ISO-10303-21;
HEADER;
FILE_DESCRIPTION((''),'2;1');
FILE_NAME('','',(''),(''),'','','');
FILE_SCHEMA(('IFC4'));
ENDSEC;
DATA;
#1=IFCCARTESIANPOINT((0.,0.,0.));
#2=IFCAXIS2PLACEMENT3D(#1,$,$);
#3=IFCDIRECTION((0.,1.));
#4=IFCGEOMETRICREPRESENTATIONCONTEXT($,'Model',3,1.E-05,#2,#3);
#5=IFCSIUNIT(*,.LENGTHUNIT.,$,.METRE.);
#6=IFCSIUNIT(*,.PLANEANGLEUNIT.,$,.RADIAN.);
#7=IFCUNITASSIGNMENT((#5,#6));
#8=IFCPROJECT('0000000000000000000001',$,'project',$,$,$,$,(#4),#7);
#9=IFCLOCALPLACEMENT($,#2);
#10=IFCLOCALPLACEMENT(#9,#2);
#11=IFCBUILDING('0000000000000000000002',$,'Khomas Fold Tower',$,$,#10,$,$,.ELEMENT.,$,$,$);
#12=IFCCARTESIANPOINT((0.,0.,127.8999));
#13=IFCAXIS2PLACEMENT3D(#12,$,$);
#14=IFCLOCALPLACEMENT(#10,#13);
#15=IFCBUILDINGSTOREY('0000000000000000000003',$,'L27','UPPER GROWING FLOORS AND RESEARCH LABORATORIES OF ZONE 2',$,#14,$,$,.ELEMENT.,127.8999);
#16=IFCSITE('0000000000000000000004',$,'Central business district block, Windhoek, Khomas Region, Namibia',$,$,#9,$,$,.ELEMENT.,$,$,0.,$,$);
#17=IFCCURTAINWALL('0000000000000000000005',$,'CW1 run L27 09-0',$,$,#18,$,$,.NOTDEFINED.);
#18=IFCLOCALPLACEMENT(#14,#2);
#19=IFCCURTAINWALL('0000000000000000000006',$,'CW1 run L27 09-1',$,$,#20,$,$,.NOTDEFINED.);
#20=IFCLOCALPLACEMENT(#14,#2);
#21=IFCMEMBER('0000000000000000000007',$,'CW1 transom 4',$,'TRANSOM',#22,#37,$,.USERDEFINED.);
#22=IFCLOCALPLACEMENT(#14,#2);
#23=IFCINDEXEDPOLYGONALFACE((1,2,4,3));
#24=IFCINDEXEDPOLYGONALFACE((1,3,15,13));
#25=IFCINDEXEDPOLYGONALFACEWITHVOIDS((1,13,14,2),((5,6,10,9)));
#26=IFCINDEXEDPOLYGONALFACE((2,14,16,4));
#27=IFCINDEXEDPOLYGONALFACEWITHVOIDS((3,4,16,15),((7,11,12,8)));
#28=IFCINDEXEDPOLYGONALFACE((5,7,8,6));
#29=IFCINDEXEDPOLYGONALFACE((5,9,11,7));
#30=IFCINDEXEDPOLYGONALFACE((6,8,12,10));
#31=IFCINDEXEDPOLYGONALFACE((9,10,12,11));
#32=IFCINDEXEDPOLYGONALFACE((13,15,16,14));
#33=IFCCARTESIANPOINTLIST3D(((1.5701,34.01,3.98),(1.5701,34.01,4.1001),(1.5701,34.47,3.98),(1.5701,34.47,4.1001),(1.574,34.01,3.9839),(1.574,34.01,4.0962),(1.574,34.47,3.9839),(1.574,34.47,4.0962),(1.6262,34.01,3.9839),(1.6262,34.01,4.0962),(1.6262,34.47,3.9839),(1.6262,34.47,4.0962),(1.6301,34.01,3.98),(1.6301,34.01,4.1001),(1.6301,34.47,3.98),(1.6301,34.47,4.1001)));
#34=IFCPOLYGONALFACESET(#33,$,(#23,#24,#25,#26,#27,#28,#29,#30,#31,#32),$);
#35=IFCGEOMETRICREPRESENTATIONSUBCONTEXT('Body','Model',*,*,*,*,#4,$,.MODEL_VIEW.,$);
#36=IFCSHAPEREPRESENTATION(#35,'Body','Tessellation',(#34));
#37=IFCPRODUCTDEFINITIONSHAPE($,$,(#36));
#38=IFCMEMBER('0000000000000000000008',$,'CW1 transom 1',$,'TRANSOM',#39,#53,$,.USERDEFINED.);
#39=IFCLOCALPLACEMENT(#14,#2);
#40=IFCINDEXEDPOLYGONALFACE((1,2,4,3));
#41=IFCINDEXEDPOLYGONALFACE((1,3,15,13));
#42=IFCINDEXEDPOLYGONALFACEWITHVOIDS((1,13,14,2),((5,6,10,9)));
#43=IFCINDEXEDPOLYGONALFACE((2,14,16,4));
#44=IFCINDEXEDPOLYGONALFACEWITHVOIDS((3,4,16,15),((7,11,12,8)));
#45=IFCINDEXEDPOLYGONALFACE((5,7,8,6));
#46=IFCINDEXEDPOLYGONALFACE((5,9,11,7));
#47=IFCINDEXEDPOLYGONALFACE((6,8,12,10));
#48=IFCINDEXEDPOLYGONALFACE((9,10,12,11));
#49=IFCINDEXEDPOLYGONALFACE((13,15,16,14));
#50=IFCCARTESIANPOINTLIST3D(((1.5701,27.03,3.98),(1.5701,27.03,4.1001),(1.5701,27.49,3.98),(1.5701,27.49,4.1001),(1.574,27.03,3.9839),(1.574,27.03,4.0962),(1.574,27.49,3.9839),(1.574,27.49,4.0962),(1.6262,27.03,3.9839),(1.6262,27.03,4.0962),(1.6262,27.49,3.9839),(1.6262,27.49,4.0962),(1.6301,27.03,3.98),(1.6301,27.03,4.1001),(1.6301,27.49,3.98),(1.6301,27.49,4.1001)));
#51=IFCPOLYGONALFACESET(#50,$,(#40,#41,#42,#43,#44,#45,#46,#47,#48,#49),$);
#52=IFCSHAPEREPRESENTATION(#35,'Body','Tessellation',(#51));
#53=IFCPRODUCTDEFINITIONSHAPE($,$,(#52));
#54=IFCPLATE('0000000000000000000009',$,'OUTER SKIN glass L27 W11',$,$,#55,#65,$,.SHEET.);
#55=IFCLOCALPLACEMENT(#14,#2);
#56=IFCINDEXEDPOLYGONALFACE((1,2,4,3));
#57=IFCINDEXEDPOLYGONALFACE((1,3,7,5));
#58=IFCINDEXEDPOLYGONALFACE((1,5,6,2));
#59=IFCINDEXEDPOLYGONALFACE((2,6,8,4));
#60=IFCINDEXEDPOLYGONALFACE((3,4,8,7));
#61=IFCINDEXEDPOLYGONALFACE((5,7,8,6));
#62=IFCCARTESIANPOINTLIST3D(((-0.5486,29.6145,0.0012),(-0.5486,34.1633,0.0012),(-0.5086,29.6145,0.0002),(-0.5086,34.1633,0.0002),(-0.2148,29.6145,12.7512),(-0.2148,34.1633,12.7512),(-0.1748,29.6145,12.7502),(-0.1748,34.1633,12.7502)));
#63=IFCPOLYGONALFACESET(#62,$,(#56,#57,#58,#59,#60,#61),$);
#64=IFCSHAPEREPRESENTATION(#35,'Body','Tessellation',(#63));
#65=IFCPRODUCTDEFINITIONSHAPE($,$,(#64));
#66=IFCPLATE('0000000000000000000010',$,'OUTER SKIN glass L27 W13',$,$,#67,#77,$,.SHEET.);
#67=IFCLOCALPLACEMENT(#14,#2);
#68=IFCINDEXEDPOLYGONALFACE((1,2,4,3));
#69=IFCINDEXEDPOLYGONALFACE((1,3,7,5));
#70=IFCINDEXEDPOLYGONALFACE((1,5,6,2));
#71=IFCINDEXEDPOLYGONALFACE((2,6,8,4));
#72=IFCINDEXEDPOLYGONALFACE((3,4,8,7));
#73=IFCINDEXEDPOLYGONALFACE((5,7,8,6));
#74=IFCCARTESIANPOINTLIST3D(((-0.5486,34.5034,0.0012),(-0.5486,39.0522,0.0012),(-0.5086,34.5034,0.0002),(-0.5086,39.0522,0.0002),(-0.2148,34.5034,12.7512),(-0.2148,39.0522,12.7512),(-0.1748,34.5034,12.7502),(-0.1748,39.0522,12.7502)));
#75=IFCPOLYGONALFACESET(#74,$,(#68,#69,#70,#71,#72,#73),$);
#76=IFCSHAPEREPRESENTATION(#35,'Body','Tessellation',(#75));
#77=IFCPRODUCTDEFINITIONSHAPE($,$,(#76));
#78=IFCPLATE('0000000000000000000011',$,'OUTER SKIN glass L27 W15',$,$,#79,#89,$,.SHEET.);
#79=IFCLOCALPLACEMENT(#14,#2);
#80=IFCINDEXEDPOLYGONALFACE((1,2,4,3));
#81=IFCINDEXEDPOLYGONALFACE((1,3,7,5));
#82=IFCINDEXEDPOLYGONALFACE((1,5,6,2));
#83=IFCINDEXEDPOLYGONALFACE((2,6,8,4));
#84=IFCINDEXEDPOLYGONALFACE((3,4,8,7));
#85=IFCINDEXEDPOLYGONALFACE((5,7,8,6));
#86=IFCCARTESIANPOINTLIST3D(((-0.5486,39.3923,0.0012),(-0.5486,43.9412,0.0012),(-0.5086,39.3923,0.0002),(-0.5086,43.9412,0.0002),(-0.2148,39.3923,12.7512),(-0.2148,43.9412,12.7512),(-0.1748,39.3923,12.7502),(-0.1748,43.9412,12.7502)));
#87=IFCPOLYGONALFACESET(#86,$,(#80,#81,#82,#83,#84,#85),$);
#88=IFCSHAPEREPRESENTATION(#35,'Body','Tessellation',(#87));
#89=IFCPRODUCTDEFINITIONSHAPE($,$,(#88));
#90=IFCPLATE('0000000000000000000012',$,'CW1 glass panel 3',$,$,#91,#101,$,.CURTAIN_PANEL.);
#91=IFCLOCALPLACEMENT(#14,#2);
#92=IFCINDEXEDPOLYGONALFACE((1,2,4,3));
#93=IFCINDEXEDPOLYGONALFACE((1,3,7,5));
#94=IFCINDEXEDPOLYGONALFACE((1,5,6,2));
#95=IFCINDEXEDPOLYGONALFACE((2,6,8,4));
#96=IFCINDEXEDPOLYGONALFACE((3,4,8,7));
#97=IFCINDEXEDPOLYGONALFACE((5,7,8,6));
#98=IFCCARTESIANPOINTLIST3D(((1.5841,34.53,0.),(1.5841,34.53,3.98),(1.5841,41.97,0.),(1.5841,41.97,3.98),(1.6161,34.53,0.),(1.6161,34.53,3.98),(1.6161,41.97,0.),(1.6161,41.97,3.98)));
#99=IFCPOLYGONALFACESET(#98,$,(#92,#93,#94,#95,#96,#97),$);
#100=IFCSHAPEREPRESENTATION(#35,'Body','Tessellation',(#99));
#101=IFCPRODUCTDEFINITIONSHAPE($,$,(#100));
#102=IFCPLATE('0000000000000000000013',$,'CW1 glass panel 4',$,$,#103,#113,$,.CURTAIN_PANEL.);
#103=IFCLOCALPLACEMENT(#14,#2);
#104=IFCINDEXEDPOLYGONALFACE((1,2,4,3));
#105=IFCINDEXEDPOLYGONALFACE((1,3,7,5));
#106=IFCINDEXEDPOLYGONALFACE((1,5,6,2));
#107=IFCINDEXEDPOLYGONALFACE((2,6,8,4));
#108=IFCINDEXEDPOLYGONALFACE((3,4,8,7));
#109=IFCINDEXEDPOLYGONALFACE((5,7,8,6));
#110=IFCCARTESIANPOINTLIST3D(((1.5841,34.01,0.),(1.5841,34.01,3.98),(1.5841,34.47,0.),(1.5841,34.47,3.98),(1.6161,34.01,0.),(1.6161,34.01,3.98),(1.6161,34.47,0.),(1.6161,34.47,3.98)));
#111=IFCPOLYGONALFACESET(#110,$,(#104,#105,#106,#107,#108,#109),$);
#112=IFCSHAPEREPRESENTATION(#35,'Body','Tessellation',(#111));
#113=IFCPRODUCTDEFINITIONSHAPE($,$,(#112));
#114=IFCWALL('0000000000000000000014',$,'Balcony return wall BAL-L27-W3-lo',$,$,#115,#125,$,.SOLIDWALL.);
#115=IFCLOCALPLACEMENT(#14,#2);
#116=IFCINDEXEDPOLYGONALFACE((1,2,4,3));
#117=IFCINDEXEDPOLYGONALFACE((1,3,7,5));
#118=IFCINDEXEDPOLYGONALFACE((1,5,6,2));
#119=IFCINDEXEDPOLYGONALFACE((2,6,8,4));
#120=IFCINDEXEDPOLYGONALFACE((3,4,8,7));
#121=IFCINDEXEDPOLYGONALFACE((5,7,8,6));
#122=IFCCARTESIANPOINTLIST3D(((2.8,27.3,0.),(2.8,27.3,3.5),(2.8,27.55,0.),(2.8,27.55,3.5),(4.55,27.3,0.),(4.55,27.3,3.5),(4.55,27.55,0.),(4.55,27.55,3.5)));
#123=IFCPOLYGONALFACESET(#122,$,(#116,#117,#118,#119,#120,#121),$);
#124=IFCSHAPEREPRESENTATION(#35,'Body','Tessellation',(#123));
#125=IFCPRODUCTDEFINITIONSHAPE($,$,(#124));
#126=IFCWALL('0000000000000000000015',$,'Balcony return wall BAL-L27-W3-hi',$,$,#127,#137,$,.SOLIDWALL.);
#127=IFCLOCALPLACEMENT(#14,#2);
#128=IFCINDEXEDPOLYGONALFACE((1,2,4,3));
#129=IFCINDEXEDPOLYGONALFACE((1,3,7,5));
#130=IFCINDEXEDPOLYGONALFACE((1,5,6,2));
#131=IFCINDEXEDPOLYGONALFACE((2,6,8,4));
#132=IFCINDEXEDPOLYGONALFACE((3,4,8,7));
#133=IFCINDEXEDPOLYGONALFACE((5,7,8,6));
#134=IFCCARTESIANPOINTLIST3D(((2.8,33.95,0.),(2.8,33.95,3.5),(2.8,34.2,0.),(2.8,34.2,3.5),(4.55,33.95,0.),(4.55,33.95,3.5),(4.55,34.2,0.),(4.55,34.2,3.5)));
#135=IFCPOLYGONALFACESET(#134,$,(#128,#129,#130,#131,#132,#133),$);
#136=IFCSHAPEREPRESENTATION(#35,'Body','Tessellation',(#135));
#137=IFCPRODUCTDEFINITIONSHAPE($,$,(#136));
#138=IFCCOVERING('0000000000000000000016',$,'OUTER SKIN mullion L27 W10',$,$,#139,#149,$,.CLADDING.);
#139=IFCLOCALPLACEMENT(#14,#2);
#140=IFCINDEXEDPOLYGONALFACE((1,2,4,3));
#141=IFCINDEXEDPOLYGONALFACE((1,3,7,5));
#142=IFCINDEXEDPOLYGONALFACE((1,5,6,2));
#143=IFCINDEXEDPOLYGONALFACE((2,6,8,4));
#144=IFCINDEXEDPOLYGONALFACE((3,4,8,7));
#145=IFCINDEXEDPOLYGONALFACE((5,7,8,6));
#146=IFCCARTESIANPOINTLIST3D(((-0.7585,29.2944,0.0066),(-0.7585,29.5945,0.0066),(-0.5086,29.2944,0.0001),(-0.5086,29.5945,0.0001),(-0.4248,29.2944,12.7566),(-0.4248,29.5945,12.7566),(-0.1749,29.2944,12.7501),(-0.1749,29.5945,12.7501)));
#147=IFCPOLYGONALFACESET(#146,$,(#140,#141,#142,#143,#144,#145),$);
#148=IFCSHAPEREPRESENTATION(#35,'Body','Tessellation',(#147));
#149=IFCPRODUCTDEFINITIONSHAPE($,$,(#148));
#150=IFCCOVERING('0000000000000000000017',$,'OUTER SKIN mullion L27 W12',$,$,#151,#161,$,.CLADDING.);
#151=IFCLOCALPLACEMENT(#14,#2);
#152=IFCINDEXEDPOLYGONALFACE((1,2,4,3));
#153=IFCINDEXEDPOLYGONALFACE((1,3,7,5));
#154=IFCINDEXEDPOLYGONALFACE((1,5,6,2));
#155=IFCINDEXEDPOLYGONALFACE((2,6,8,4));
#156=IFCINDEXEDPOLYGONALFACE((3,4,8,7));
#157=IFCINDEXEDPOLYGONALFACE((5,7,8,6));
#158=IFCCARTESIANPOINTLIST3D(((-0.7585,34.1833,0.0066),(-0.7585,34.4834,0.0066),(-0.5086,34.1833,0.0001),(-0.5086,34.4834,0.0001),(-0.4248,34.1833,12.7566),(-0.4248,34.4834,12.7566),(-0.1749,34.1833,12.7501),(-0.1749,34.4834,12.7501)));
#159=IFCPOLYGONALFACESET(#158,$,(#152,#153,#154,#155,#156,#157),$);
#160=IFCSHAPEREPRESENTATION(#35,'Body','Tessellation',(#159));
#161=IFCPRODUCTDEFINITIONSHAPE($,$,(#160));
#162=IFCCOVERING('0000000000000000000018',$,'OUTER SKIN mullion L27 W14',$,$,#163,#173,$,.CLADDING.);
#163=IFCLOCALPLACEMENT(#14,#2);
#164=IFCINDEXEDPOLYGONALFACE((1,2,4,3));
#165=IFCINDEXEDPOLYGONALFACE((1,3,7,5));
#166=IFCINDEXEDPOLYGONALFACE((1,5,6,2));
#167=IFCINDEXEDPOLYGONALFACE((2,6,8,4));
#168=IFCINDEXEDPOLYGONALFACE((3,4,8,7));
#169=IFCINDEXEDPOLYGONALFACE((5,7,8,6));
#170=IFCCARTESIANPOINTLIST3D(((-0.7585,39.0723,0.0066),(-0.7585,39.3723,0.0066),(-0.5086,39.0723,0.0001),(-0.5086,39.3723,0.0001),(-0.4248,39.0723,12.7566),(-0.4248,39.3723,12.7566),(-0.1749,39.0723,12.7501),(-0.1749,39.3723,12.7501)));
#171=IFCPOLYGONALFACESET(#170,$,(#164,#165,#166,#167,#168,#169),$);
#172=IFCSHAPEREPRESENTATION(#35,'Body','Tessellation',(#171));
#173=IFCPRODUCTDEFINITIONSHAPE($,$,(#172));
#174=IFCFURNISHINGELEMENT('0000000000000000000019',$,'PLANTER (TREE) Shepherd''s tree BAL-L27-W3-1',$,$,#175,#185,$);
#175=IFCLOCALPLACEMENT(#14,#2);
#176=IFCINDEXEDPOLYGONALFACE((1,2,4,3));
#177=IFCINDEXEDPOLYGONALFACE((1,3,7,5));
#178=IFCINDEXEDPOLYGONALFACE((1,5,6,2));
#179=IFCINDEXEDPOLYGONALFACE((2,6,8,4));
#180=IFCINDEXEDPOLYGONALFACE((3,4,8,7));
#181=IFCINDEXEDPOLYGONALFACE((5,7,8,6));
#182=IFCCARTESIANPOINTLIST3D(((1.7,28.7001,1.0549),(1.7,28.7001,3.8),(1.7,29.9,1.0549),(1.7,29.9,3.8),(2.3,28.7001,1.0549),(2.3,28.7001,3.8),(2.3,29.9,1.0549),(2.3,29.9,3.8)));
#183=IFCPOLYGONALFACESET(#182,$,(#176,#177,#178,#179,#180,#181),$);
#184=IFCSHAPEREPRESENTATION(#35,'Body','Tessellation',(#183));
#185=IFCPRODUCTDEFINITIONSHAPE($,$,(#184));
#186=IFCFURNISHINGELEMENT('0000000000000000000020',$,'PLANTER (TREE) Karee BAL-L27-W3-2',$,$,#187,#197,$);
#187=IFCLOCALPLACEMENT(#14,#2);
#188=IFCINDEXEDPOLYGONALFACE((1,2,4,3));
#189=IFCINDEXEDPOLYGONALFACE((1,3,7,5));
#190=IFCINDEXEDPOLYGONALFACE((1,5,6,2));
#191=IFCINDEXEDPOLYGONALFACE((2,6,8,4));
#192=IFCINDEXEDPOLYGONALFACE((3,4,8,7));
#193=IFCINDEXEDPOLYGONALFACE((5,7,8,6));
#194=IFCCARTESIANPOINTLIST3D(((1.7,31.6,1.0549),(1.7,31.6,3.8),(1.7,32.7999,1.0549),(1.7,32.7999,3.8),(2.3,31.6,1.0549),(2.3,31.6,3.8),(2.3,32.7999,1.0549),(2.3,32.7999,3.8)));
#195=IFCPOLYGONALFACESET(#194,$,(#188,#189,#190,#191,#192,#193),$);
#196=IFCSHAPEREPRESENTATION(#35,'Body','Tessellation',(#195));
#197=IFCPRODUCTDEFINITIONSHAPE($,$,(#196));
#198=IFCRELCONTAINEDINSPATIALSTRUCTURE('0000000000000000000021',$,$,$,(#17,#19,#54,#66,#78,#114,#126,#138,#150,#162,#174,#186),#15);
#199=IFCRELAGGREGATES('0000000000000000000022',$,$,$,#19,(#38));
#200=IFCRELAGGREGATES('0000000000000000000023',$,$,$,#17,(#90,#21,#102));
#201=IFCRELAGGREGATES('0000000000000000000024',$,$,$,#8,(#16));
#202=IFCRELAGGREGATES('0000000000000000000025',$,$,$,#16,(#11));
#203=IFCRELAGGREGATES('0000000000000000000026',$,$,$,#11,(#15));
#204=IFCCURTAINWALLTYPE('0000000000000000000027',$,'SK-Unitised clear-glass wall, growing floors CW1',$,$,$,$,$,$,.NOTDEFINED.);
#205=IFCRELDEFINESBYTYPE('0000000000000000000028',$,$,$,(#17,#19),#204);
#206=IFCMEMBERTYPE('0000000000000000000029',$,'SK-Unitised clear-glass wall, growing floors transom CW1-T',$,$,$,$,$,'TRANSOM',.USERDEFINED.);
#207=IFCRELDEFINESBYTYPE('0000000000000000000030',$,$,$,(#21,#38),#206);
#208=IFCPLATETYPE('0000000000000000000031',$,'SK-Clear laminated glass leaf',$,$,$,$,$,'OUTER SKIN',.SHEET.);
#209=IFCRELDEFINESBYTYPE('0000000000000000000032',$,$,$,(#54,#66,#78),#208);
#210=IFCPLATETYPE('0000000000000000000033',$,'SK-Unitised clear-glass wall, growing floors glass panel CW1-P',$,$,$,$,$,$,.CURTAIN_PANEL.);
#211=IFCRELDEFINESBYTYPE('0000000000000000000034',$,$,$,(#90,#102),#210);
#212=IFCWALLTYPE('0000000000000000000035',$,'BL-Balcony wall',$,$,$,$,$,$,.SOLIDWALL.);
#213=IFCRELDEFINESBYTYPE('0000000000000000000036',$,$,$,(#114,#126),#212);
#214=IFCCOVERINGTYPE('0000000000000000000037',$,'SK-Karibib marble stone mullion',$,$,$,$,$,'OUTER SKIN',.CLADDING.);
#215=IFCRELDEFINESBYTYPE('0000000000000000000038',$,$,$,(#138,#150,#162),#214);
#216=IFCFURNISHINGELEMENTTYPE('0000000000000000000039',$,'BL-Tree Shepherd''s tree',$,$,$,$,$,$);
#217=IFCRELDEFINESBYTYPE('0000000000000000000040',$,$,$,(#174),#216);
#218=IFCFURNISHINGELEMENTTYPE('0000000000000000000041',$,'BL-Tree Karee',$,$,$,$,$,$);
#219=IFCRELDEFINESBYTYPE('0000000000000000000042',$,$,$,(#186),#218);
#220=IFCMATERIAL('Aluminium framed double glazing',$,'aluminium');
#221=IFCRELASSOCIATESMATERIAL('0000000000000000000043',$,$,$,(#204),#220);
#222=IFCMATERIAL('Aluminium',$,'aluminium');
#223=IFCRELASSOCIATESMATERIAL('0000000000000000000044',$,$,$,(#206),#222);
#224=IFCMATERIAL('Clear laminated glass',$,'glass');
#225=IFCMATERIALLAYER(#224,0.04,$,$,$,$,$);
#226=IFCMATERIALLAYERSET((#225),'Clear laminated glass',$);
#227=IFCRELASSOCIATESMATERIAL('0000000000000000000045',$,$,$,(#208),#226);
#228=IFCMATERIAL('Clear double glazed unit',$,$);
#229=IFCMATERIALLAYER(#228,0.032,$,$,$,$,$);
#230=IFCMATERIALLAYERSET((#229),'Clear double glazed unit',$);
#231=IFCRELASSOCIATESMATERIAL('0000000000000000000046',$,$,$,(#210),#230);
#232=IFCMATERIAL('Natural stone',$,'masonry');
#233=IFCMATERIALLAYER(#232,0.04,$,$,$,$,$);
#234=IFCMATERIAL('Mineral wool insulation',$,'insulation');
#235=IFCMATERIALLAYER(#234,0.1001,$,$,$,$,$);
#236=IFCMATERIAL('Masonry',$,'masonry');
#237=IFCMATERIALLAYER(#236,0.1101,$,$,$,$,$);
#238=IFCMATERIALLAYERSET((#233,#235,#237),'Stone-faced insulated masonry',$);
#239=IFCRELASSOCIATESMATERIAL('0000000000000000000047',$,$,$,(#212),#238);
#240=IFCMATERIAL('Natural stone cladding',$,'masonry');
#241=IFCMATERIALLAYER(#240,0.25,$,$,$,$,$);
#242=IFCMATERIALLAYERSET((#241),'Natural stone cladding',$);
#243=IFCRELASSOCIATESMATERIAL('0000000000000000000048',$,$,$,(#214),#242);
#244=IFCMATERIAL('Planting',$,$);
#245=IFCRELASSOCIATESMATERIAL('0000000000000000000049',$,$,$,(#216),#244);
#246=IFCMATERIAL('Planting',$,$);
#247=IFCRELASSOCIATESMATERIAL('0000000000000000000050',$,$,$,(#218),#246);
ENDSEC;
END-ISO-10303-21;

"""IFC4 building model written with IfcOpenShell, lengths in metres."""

from ifc_helpers import new_model, si_unit, direction, frame, frame_2d, origin, origin_2d, place, context, subcontext, project, spatial, polyline, rectangle, hollow_rectangle, outline, extrude, source, transform, mapped, material, layer, layer_set, material_profile, profile_set, type_object, element, aggregate, save


model = new_model("IFC4")

# Units and contexts
model_context = context("Model", 3, precision=1e-05, world=origin(), true_north=direction((0.0, 1.0)))
body_context = subcontext(model_context, "Body", "Model", "MODEL_VIEW")
ifc_project = project(units=[si_unit("LENGTHUNIT", "METRE"), si_unit("PLANEANGLEUNIT", "RADIAN")], contexts=[model_context])

# Site, building, storey
site_placement = place(None, origin())
site = spatial("IfcSite", under=ifc_project, at=site_placement, Name="Central business district block, Windhoek, Khomas Region, Namibia", CompositionType="ELEMENT", RefElevation=0.0)
building_placement = place(site_placement, origin())
building = spatial("IfcBuilding", under=site, at=building_placement, Name="Khomas Fold Tower", CompositionType="ELEMENT")
storey_placement = place(building_placement, frame((0.0, 0.0, 127.8999)))
storey = spatial("IfcBuildingStorey", under=building, at=storey_placement, Name="L27", Description="UPPER GROWING FLOORS AND RESEARCH LABORATORIES OF ZONE 2", CompositionType="ELEMENT", Elevation=127.8999)

# Curtain wall
ifc_material_1 = material(Name="Aluminium framed double glazing", Category="aluminium")
curtain_wall_type = type_object("IfcCurtainWallType", Name="SK-Unitised clear-glass wall, growing floors CW1", PredefinedType="NOTDEFINED", material=ifc_material_1)
curtain_wall_1_placement = place(storey_placement, origin())
curtain_wall_1 = element("IfcCurtainWall", 1, at=curtain_wall_1_placement, inside=storey, type_object=curtain_wall_type, Name="CW1 run L27 09-0", PredefinedType="NOTDEFINED")
ifc_material_2 = material(Name="Aluminium", Category="aluminium")
ifc_material_profile_1 = material_profile(ifc_material_2, hollow_rectangle(XDim=0.0601, YDim=0.1201, WallThickness=0.0039, at=origin_2d()), Name="SK-Unitised clear-glass wall, growing floors transom CW1-T")
ifc_profile_set_1 = profile_set([ifc_material_profile_1], Name="Aluminium")
member_type_1 = type_object("IfcMemberType", Name="SK-Unitised clear-glass wall, growing floors transom CW1-T", ElementType="TRANSOM", PredefinedType="USERDEFINED", material=ifc_profile_set_1)

# Curtain wall
curtain_wall_2_placement = place(storey_placement, origin())
curtain_wall_2 = element("IfcCurtainWall", 2, at=curtain_wall_2_placement, inside=storey, type_object=curtain_wall_type, Name="CW1 run L27 09-1", PredefinedType="NOTDEFINED")

# Members
shared_shape_1 = source(origin(), body_context, "Body", "SweptSolid", [
    extrude(hollow_rectangle(XDim=0.0601, YDim=0.1201, WallThickness=0.0039, at=origin_2d()), origin(), (0.0, 0.0, 1.0), 0.46),
])
member_1_placement = place(storey_placement, frame((1.6001, 34.47, 4.04), z_axis=(0.0, -1.0, 0.0), x_axis=(1.0, 0.0, 0.0)))
member_1 = element("IfcMember", 3, at=member_1_placement, type_object=member_type_1, Name="CW1 transom 4", ObjectType="TRANSOM", PredefinedType="USERDEFINED", context=body_context, shape_type="MappedRepresentation", body=[
    mapped(shared_shape_1, transform((0.0, 0.0, 0.0))),
])
member_2_placement = place(storey_placement, frame((1.6001, 27.49, 4.04), z_axis=(0.0, -1.0, 0.0), x_axis=(1.0, 0.0, 0.0)))
member_2 = element("IfcMember", 4, at=member_2_placement, type_object=member_type_1, Name="CW1 transom 1", ObjectType="TRANSOM", PredefinedType="USERDEFINED", context=body_context, shape_type="MappedRepresentation", body=[
    mapped(shared_shape_1, transform((0.0, 0.0, 0.0))),
])
aggregate(curtain_wall_2, [member_2])

# Plates
ifc_material_3 = material(Name="Clear laminated glass", Category="glass")
ifc_layer_1 = layer(ifc_material_3, 0.04)
ifc_layer_set_1 = layer_set([ifc_layer_1], Name="Clear laminated glass")
plate_type_1 = type_object("IfcPlateType", Name="SK-Clear laminated glass leaf", ElementType="OUTER SKIN", PredefinedType="SHEET", material=ifc_layer_set_1)
for number, where, z_axis, x_axis, name in (
    (5, (-0.5486, 29.6145, 0.0012), (-0.999658, 0.0, 0.026167), (0.0, 1.0, 0.0), "OUTER SKIN glass L27 W11"),
    (6, (-0.5486, 34.5034, 0.0012), (-0.999658, 0.0, 0.026167), (0.0, 1.0, 0.0), "OUTER SKIN glass L27 W13"),
    (7, (-0.5486, 39.3923, 0.0012), (-0.999658, 0.0, 0.026167), (0.0, 1.0, 0.0), "OUTER SKIN glass L27 W15"),
):
    element("IfcPlate", number, at=place(storey_placement, frame(where, z_axis=z_axis, x_axis=x_axis)), inside=storey, type_object=plate_type_1, Name=name, PredefinedType="SHEET", context=body_context, shape_type="SweptSolid", body=[
        extrude(outline(polyline([(0.0, 0.0), (4.5488, 0.0), (4.5488, -12.7544), (0.0, -12.7544), (0.0, 0.0)])), origin(), (0.0, 0.0, -1.0), 0.04),
    ])

# Plates
ifc_material_4 = material(Name="Clear double glazed unit")
ifc_layer_2 = layer(ifc_material_4, 0.032)
ifc_layer_set_2 = layer_set([ifc_layer_2], Name="Clear double glazed unit")
plate_type_2 = type_object("IfcPlateType", Name="SK-Unitised clear-glass wall, growing floors glass panel CW1-P", PredefinedType="CURTAIN_PANEL", material=ifc_layer_set_2)
shared_shape_2 = source(origin(), body_context, "Body", "SweptSolid", [
    extrude(rectangle(XDim=7.4399, YDim=0.032, at=origin_2d()), origin(), (0.0, 0.0, 1.0), 3.98),
])
plate_1_placement = place(storey_placement, frame((1.6001, 38.25, 0.0), z_axis=(0.0, 0.0, 1.0), x_axis=(0.0, -1.0, 0.0)))
plate_1 = element("IfcPlate", 8, at=plate_1_placement, type_object=plate_type_2, Name="CW1 glass panel 3", PredefinedType="CURTAIN_PANEL", context=body_context, shape_type="MappedRepresentation", body=[
    mapped(shared_shape_2, transform((0.0, 0.0, 0.0))),
])
shared_shape_3 = source(origin(), body_context, "Body", "SweptSolid", [
    extrude(rectangle(XDim=0.46, YDim=0.032, at=origin_2d()), origin(), (0.0, 0.0, 1.0), 3.98),
])
plate_2_placement = place(storey_placement, frame((1.6001, 34.24, 0.0), z_axis=(0.0, 0.0, 1.0), x_axis=(0.0, -1.0, 0.0)))
plate_2 = element("IfcPlate", 9, at=plate_2_placement, type_object=plate_type_2, Name="CW1 glass panel 4", PredefinedType="CURTAIN_PANEL", context=body_context, shape_type="MappedRepresentation", body=[
    mapped(shared_shape_3, transform((0.0, 0.0, 0.0))),
])
aggregate(curtain_wall_1, [plate_1, member_1, plate_2])

# Walls
ifc_material_5 = material(Name="Natural stone", Category="masonry")
ifc_layer_3 = layer(ifc_material_5, 0.04)
ifc_material_6 = material(Name="Mineral wool insulation", Category="insulation")
ifc_layer_4 = layer(ifc_material_6, 0.1001)
ifc_material_7 = material(Name="Masonry", Category="masonry")
ifc_layer_5 = layer(ifc_material_7, 0.1101)
ifc_layer_set_3 = layer_set([ifc_layer_3, ifc_layer_4, ifc_layer_5], Name="Stone-faced insulated masonry")
wall_type = type_object("IfcWallType", Name="BL-Balcony wall", PredefinedType="SOLIDWALL", material=ifc_layer_set_3)
shared_shape_4 = source(origin(), body_context, "Body", "SweptSolid", [
    extrude(rectangle(XDim=1.75, YDim=0.25, at=frame_2d((0.875, 0.0))), origin(), (0.0, 0.0, 1.0), 3.5),
])
for number, where, z_axis, x_axis, name in (
    (10, (2.8, 27.425, 0.0), (0.0, 0.0, 1.0), (1.0, 0.0, 0.0), "Balcony return wall BAL-L27-W3-lo"),
    (11, (2.8, 34.075, 0.0), (0.0, 0.0, 1.0), (1.0, 0.0, 0.0), "Balcony return wall BAL-L27-W3-hi"),
):
    element("IfcWall", number, at=place(storey_placement, frame(where, z_axis=z_axis, x_axis=x_axis)), inside=storey, type_object=wall_type, Name=name, PredefinedType="SOLIDWALL", context=body_context, shape_type="MappedRepresentation", body=[
        mapped(shared_shape_4, transform((0.0, 0.0, 0.0))),
    ])

# Coverings
ifc_material_8 = material(Name="Natural stone cladding", Category="masonry")
ifc_layer_6 = layer(ifc_material_8, 0.25)
ifc_layer_set_4 = layer_set([ifc_layer_6], Name="Natural stone cladding")
covering_type = type_object("IfcCoveringType", Name="SK-Karibib marble stone mullion", ElementType="OUTER SKIN", PredefinedType="CLADDING", material=ifc_layer_set_4)
for number, where, z_axis, x_axis, name in (
    (12, (-0.7585, 29.2944, 0.0066), (-0.999658, 0.0, 0.026167), (0.0, 1.0, 0.0), "OUTER SKIN mullion L27 W10"),
    (13, (-0.7585, 34.1833, 0.0066), (-0.999658, 0.0, 0.026167), (0.0, 1.0, 0.0), "OUTER SKIN mullion L27 W12"),
    (14, (-0.7585, 39.0723, 0.0066), (-0.999658, 0.0, 0.026167), (0.0, 1.0, 0.0), "OUTER SKIN mullion L27 W14"),
):
    element("IfcCovering", number, at=place(storey_placement, frame(where, z_axis=z_axis, x_axis=x_axis)), inside=storey, type_object=covering_type, Name=name, PredefinedType="CLADDING", context=body_context, shape_type="SweptSolid", body=[
        extrude(outline(polyline([(0.0, 0.0), (0.3, 0.0), (0.3, -12.7544), (0.0, -12.7544), (0.0, 0.0)])), origin(), (0.0, 0.0, -1.0), 0.25),
    ])

# Furnishing elements
ifc_material_9 = material(Name="Planting")
furnishing_element_type_1 = type_object("IfcFurnishingElementType", Name="BL-Tree Shepherd's tree", material=ifc_material_9)
shared_shape_5 = source(origin(), body_context, "Body", "SweptSolid", [
    extrude(rectangle(XDim=1.2, YDim=0.6001, at=origin_2d()), origin(), (0.0, 0.0, 1.0), 2.7451),
])
furnishing_1_placement = place(storey_placement, frame((2.0, 29.3, 1.0549), z_axis=(0.0, 0.0, 1.0), x_axis=(0.0, 1.0, 0.0)))
element("IfcFurnishingElement", 15, at=furnishing_1_placement, inside=storey, type_object=furnishing_element_type_1, Name="PLANTER (TREE) Shepherd's tree BAL-L27-W3-1", context=body_context, shape_type="MappedRepresentation", body=[
    mapped(shared_shape_5, transform((0.0, 0.0, 0.0))),
])
ifc_material_10 = material(Name="Planting")
furnishing_element_type_2 = type_object("IfcFurnishingElementType", Name="BL-Tree Karee", material=ifc_material_10)
furnishing_2_placement = place(storey_placement, frame((2.0, 32.2, 1.0549), z_axis=(0.0, 0.0, 1.0), x_axis=(0.0, 1.0, 0.0)))
element("IfcFurnishingElement", 16, at=furnishing_2_placement, inside=storey, type_object=furnishing_element_type_2, Name="PLANTER (TREE) Karee BAL-L27-W3-2", context=body_context, shape_type="MappedRepresentation", body=[
    mapped(shared_shape_5, transform((0.0, 0.0, 0.0))),
])

save(model, "model.ifc")
